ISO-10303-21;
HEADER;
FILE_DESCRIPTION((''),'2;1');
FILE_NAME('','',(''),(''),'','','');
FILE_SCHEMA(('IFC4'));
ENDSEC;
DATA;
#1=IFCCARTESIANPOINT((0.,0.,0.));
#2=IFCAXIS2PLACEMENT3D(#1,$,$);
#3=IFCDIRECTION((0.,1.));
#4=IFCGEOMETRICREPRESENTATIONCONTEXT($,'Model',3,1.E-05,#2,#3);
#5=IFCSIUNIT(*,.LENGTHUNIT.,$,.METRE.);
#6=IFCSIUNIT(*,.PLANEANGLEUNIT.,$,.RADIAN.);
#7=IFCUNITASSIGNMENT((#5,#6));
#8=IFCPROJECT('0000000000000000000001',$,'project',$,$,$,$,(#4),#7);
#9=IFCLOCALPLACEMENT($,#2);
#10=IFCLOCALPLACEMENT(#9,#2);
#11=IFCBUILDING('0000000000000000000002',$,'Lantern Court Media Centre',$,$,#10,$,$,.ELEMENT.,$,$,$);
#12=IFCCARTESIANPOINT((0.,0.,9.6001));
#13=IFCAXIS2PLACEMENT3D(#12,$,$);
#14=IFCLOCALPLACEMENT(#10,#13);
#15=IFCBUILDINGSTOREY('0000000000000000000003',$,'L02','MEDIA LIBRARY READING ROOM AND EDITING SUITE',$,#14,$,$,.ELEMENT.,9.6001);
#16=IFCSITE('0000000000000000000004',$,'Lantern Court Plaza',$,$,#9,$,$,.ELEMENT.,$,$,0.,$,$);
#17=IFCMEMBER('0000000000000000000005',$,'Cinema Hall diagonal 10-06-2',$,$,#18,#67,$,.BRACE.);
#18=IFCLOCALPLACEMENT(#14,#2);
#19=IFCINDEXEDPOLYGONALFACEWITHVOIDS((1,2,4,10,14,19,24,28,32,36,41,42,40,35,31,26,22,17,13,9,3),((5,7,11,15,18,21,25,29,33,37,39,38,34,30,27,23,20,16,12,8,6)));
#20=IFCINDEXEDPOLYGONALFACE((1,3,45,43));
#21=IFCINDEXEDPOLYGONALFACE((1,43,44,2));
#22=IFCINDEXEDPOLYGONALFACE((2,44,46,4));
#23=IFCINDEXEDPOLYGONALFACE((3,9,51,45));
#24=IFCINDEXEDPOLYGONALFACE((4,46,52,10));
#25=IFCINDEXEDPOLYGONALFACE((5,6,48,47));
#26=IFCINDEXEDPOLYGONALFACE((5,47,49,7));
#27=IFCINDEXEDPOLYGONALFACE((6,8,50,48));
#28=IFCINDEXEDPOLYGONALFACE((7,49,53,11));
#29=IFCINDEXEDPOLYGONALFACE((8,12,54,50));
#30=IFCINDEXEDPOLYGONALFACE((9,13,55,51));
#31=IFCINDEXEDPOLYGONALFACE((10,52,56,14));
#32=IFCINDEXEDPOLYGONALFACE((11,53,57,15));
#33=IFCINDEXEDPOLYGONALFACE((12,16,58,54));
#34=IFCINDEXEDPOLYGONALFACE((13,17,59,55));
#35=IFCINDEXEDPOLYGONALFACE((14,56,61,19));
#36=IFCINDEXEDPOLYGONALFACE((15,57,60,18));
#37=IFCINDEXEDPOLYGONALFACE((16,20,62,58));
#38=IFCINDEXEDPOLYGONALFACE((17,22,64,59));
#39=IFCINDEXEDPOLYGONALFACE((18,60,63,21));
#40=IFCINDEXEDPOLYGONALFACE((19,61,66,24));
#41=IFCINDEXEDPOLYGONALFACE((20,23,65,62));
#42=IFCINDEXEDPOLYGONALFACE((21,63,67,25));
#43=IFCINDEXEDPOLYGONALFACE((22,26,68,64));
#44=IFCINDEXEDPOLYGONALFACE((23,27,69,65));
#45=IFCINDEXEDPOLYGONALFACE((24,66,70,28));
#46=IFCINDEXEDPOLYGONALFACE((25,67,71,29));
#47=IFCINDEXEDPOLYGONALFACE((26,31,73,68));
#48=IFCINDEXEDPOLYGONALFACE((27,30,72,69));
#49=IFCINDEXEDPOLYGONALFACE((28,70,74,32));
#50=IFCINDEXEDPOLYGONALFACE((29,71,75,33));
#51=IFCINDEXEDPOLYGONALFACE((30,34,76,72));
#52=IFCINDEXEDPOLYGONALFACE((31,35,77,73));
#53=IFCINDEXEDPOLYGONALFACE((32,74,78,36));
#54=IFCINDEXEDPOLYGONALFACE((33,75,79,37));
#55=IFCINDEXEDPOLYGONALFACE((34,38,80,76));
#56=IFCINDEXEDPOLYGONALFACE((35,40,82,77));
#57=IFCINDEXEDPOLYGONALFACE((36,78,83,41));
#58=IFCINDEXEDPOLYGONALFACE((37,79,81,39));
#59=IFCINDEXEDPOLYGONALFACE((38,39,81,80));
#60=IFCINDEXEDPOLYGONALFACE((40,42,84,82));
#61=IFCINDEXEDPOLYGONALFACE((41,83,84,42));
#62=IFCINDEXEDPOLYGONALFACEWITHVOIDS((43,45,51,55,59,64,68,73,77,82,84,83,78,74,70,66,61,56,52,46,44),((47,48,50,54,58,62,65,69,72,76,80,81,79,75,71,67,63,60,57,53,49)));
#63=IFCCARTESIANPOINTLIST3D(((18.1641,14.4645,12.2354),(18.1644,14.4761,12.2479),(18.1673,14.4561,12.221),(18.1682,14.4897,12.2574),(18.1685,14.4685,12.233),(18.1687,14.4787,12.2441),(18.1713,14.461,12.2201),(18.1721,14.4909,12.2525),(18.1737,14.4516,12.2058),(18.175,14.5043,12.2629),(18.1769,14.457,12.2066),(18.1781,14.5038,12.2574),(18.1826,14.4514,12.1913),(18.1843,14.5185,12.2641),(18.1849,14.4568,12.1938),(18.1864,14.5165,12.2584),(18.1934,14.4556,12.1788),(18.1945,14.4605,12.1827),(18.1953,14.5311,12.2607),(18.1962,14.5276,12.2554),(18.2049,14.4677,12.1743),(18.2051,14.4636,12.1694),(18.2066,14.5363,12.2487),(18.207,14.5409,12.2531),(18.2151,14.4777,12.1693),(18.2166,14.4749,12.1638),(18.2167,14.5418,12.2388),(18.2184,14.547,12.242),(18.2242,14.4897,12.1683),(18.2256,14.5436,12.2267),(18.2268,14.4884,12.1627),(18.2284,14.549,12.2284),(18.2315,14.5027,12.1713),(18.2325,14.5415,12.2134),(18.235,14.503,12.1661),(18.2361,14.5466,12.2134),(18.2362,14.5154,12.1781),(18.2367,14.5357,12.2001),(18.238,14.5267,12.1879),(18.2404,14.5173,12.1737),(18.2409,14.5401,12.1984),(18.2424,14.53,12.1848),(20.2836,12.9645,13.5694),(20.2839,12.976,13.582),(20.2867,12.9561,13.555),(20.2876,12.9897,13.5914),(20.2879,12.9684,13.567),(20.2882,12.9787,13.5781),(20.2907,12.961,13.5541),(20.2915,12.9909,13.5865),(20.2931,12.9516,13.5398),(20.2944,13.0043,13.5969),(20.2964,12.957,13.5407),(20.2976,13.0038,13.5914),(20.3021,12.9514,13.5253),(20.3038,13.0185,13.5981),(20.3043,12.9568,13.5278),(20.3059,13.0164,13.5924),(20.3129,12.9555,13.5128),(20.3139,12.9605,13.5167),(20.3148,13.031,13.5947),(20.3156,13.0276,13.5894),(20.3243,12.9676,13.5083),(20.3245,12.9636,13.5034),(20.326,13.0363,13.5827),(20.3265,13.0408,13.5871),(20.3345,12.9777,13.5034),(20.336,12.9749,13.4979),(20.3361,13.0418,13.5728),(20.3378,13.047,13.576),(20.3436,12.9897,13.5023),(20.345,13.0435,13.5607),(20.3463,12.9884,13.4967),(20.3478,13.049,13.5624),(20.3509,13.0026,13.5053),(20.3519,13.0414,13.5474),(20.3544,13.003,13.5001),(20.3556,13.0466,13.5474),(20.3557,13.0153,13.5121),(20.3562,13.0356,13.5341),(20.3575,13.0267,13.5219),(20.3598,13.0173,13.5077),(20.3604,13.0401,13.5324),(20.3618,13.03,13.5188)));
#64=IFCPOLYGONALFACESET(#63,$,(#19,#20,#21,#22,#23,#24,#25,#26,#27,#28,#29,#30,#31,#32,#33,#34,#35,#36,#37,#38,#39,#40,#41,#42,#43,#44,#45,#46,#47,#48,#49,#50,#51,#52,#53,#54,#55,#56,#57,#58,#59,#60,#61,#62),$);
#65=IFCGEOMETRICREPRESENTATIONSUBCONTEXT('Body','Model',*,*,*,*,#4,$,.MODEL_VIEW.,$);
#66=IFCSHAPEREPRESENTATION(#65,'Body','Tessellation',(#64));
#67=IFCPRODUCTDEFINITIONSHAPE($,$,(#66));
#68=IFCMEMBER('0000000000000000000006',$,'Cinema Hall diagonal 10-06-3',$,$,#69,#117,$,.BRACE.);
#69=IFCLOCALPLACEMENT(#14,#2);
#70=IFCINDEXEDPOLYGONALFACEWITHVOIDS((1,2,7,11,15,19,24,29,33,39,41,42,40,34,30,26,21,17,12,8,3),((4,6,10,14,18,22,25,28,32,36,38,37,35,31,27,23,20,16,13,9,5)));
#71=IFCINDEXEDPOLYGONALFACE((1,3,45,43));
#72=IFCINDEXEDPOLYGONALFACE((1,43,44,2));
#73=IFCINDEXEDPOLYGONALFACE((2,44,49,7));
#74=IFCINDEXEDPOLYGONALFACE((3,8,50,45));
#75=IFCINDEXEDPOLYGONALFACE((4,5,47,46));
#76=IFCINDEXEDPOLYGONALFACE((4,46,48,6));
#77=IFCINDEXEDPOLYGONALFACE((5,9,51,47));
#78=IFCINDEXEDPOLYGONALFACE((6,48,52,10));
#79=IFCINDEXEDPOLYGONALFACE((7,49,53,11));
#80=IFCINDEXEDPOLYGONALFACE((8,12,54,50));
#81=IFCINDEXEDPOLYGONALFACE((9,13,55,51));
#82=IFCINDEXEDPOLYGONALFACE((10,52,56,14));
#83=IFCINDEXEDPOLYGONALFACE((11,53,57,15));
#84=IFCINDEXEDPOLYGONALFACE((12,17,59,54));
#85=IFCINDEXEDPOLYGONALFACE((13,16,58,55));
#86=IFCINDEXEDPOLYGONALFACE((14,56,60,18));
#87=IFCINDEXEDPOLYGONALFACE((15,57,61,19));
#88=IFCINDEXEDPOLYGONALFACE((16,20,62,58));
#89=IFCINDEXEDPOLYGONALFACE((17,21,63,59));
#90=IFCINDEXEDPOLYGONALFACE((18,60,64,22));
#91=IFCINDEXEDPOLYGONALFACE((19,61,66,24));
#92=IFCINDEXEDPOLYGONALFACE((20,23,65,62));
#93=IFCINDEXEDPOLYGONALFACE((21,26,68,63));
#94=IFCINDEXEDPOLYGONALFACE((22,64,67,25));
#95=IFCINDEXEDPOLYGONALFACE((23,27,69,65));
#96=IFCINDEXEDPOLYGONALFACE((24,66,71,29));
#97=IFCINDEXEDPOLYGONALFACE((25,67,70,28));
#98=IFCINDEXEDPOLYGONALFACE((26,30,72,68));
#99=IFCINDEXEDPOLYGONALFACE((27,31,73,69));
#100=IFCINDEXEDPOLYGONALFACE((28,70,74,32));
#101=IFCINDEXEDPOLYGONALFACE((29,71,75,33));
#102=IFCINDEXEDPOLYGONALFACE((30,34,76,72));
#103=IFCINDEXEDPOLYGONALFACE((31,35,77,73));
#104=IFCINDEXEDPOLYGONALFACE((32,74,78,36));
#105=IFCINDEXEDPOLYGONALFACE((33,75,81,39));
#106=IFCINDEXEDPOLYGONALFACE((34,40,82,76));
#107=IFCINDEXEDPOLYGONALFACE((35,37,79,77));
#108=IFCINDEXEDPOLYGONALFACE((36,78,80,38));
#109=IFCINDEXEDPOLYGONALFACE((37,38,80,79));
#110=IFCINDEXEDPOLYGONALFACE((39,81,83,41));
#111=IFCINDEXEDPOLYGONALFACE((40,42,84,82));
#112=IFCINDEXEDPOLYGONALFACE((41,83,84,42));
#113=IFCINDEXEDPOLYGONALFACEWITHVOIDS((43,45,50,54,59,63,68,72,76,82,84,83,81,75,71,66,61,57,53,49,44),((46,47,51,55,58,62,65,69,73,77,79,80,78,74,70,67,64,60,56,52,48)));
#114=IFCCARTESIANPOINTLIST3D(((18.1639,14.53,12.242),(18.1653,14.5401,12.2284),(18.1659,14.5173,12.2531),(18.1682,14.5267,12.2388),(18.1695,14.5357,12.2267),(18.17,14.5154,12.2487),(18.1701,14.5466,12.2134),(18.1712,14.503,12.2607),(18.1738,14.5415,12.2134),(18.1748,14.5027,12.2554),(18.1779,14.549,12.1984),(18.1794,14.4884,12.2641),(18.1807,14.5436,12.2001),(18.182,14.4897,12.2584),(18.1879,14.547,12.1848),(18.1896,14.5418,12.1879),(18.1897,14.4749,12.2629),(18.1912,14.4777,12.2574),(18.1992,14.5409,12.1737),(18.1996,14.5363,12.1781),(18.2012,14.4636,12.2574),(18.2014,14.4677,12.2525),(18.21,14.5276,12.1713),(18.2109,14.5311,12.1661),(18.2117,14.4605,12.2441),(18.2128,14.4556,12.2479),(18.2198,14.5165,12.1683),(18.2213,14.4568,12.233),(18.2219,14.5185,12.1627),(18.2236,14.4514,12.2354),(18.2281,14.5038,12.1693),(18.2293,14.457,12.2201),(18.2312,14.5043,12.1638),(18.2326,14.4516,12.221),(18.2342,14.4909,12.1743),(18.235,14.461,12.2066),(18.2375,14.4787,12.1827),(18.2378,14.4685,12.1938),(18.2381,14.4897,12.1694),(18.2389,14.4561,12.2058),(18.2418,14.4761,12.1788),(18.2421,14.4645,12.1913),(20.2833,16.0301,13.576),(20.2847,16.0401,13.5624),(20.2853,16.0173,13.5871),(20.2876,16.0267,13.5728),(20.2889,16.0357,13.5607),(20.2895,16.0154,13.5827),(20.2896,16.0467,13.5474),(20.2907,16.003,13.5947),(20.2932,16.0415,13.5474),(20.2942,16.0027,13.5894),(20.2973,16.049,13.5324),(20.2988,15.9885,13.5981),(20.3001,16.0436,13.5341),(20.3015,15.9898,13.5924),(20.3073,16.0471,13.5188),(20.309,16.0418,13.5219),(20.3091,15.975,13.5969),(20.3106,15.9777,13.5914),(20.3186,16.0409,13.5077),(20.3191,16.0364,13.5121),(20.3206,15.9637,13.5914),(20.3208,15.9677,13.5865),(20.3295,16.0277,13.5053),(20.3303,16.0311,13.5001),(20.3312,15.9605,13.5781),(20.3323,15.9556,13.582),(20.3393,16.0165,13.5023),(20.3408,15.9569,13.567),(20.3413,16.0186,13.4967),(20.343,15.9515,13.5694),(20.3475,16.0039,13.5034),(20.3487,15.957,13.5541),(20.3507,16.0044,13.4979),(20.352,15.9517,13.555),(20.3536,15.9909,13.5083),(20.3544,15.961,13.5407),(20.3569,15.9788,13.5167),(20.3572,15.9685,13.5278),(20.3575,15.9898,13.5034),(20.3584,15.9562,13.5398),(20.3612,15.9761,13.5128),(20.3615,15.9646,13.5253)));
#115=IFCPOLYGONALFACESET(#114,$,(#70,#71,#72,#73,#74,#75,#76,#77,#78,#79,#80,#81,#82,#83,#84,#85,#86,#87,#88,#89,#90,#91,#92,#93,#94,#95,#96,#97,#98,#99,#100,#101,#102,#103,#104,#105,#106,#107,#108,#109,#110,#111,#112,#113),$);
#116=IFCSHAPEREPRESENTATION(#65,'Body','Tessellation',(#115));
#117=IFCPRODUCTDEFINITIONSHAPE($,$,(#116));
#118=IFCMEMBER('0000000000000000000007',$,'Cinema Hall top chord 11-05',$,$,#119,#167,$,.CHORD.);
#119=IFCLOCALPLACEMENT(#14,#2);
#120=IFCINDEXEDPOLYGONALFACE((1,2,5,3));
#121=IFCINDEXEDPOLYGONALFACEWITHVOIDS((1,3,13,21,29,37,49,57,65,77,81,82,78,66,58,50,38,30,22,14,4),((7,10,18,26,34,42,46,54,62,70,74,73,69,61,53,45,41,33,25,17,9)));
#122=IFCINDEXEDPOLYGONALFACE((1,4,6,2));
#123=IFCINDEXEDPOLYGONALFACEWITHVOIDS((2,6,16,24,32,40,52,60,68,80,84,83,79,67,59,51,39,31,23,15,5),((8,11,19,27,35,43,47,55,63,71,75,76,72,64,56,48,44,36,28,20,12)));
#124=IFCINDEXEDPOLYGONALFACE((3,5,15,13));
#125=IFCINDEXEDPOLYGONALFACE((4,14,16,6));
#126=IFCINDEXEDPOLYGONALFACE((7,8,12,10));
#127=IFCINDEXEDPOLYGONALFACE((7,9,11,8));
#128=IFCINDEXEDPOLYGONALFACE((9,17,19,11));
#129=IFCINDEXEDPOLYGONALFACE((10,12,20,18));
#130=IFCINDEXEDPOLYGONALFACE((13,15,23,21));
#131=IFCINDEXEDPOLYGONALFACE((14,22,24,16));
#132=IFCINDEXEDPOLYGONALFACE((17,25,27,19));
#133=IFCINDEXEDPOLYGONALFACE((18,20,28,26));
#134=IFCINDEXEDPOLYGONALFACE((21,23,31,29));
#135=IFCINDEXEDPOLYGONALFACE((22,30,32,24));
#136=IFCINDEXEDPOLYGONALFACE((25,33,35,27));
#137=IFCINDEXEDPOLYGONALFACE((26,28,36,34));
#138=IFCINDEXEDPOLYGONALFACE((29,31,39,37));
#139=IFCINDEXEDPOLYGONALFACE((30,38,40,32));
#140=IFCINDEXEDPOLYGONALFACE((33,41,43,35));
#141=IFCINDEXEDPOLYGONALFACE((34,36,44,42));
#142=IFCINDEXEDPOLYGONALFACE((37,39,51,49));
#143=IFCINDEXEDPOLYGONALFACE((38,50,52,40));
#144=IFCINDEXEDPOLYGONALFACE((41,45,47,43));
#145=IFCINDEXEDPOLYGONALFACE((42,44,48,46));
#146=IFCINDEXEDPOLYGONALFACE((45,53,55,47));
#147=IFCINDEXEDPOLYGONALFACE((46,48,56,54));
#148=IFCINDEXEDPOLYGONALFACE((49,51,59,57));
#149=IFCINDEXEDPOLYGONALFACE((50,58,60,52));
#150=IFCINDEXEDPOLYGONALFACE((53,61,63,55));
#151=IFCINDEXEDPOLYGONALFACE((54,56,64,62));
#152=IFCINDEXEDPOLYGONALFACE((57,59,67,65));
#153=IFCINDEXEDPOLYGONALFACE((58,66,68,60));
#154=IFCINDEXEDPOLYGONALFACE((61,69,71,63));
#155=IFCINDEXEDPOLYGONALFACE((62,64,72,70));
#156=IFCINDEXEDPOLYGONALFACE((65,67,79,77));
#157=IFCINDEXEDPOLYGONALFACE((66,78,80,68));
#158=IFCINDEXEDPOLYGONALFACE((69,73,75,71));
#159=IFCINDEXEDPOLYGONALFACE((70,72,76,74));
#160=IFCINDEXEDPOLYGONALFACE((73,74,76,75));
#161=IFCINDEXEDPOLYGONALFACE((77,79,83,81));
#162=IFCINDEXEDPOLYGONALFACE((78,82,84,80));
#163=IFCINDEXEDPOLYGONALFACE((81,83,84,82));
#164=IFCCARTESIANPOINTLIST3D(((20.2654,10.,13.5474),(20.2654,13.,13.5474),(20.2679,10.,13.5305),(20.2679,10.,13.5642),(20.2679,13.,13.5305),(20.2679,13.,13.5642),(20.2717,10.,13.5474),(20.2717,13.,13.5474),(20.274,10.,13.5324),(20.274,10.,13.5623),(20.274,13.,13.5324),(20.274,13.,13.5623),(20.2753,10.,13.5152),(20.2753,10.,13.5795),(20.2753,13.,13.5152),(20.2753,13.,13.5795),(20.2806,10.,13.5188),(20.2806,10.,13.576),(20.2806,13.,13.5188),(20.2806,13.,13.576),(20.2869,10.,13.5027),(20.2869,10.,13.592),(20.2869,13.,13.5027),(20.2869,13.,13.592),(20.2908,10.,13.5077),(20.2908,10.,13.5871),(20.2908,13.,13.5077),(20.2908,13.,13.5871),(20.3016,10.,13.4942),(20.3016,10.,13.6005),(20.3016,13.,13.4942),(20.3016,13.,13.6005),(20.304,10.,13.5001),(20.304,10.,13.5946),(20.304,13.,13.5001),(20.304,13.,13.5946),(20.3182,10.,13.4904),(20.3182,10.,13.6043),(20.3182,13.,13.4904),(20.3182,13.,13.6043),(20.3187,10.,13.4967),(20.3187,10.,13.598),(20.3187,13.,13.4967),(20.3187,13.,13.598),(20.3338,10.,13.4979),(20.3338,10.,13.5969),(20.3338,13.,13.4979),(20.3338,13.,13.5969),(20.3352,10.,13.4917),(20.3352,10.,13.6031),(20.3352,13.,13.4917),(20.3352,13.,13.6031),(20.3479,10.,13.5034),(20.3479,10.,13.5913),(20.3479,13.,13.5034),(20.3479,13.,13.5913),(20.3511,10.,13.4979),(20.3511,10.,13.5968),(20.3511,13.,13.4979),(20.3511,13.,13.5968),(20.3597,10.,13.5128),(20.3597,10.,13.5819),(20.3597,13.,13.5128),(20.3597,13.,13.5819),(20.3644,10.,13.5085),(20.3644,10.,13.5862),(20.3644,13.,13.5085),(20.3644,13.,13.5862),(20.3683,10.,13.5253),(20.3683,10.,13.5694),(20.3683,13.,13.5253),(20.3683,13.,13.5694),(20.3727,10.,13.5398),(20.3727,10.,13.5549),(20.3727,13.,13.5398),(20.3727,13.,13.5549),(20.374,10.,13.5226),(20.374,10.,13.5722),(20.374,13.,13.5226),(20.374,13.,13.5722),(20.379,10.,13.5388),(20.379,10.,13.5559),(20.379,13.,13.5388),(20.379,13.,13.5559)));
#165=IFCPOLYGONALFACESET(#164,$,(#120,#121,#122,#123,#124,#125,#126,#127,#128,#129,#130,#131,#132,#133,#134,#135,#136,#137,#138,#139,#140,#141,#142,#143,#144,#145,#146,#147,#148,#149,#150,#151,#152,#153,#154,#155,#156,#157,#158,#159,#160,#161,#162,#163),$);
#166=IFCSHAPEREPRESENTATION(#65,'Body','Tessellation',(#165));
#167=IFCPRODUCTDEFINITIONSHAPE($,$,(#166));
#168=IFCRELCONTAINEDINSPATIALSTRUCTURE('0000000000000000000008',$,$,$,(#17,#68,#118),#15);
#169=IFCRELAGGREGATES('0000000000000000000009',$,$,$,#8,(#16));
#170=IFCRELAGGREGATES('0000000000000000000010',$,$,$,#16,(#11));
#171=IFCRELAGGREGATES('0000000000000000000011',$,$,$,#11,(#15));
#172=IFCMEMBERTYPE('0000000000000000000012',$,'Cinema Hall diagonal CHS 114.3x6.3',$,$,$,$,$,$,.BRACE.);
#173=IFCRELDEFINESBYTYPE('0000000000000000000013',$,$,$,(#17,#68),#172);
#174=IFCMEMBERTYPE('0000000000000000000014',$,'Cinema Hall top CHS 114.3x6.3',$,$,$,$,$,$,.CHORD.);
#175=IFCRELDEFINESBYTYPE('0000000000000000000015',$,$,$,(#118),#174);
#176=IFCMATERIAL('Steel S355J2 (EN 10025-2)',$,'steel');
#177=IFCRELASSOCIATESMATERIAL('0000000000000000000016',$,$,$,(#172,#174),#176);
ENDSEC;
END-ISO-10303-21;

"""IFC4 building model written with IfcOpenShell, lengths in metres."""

from ifc_helpers import new_model, si_unit, direction, frame, origin, origin_2d, place, context, subcontext, project, spatial, hollow_circle, extrude, material, material_profile, profile_set, type_object, element, save


model = new_model("IFC4")

# Units and contexts
model_context = context("Model", 3, precision=1e-05, world=origin(), true_north=direction((0.0, 1.0)))
body_context = subcontext(model_context, "Body", "Model", "MODEL_VIEW")
ifc_project = project(units=[si_unit("LENGTHUNIT", "METRE"), si_unit("PLANEANGLEUNIT", "RADIAN")], contexts=[model_context])

# Site, building, storey
site_placement = place(None, origin())
site = spatial("IfcSite", under=ifc_project, at=site_placement, Name="Lantern Court Plaza", CompositionType="ELEMENT", RefElevation=0.0)
building_placement = place(site_placement, origin())
building = spatial("IfcBuilding", under=site, at=building_placement, Name="Lantern Court Media Centre", CompositionType="ELEMENT")
storey_placement = place(building_placement, frame((0.0, 0.0, 9.6001)))
storey = spatial("IfcBuildingStorey", under=building, at=storey_placement, Name="L02", Description="MEDIA LIBRARY READING ROOM AND EDITING SUITE", CompositionType="ELEMENT", Elevation=9.6001)

# Members
ifc_material = material(Name="Steel S355J2 (EN 10025-2)", Category="steel")
ifc_material_profile_1 = material_profile(ifc_material, hollow_circle(Radius=0.0571, WallThickness=0.0063, at=origin_2d()), Name="Cinema Hall diagonal CHS 114.3x6.3")
ifc_profile_set_1 = profile_set([ifc_material_profile_1], Name="Steel S355J2 (EN 10025-2)")
member_type_1 = type_object("IfcMemberType", Name="Cinema Hall diagonal CHS 114.3x6.3", PredefinedType="BRACE", material=ifc_profile_set_1)
for number, where, z_axis, x_axis, name in (
    (1, (18.2031, 14.5, 12.2134), (0.726034, -0.513852, 0.45698), (0.577702, 0.816248, 0.0), "Cinema Hall diagonal 10-06-2"),
    (2, (18.2031, 14.5, 12.2134), (0.726034, 0.513852, 0.45698), (-0.577702, 0.816248, 0.0), "Cinema Hall diagonal 10-06-3"),
):
    element("IfcMember", number, at=place(storey_placement, frame(where, z_axis=z_axis, x_axis=x_axis)), inside=storey, type_object=member_type_1, Name=name, PredefinedType="BRACE", context=body_context, shape_type="SweptSolid", body=[
        extrude(hollow_circle(Radius=0.0571, WallThickness=0.0063, at=origin_2d()), origin(), (0.0, 0.0, 1.0), 2.9192),
    ])
ifc_material_profile_2 = material_profile(ifc_material, hollow_circle(Radius=0.0571, WallThickness=0.0063, at=origin_2d()), Name="Cinema Hall top CHS 114.3x6.3")
ifc_profile_set_2 = profile_set([ifc_material_profile_2], Name="Steel S355J2 (EN 10025-2)")
member_type_2 = type_object("IfcMemberType", Name="Cinema Hall top CHS 114.3x6.3", PredefinedType="CHORD", material=ifc_profile_set_2)
for number, where, z_axis, x_axis, name in (
    (3, (20.3225, 10.0, 13.5474), (0.0, 1.0, 0.0), (-1.0, 0.0, 0.0), "Cinema Hall top chord 11-05"),
):
    element("IfcMember", number, at=place(storey_placement, frame(where, z_axis=z_axis, x_axis=x_axis)), inside=storey, type_object=member_type_2, Name=name, PredefinedType="CHORD", context=body_context, shape_type="SweptSolid", body=[
        extrude(hollow_circle(Radius=0.0571, WallThickness=0.0063, at=origin_2d()), origin(), (0.0, 0.0, 1.0), 3.0),
    ])

save(model, "model.ifc")
